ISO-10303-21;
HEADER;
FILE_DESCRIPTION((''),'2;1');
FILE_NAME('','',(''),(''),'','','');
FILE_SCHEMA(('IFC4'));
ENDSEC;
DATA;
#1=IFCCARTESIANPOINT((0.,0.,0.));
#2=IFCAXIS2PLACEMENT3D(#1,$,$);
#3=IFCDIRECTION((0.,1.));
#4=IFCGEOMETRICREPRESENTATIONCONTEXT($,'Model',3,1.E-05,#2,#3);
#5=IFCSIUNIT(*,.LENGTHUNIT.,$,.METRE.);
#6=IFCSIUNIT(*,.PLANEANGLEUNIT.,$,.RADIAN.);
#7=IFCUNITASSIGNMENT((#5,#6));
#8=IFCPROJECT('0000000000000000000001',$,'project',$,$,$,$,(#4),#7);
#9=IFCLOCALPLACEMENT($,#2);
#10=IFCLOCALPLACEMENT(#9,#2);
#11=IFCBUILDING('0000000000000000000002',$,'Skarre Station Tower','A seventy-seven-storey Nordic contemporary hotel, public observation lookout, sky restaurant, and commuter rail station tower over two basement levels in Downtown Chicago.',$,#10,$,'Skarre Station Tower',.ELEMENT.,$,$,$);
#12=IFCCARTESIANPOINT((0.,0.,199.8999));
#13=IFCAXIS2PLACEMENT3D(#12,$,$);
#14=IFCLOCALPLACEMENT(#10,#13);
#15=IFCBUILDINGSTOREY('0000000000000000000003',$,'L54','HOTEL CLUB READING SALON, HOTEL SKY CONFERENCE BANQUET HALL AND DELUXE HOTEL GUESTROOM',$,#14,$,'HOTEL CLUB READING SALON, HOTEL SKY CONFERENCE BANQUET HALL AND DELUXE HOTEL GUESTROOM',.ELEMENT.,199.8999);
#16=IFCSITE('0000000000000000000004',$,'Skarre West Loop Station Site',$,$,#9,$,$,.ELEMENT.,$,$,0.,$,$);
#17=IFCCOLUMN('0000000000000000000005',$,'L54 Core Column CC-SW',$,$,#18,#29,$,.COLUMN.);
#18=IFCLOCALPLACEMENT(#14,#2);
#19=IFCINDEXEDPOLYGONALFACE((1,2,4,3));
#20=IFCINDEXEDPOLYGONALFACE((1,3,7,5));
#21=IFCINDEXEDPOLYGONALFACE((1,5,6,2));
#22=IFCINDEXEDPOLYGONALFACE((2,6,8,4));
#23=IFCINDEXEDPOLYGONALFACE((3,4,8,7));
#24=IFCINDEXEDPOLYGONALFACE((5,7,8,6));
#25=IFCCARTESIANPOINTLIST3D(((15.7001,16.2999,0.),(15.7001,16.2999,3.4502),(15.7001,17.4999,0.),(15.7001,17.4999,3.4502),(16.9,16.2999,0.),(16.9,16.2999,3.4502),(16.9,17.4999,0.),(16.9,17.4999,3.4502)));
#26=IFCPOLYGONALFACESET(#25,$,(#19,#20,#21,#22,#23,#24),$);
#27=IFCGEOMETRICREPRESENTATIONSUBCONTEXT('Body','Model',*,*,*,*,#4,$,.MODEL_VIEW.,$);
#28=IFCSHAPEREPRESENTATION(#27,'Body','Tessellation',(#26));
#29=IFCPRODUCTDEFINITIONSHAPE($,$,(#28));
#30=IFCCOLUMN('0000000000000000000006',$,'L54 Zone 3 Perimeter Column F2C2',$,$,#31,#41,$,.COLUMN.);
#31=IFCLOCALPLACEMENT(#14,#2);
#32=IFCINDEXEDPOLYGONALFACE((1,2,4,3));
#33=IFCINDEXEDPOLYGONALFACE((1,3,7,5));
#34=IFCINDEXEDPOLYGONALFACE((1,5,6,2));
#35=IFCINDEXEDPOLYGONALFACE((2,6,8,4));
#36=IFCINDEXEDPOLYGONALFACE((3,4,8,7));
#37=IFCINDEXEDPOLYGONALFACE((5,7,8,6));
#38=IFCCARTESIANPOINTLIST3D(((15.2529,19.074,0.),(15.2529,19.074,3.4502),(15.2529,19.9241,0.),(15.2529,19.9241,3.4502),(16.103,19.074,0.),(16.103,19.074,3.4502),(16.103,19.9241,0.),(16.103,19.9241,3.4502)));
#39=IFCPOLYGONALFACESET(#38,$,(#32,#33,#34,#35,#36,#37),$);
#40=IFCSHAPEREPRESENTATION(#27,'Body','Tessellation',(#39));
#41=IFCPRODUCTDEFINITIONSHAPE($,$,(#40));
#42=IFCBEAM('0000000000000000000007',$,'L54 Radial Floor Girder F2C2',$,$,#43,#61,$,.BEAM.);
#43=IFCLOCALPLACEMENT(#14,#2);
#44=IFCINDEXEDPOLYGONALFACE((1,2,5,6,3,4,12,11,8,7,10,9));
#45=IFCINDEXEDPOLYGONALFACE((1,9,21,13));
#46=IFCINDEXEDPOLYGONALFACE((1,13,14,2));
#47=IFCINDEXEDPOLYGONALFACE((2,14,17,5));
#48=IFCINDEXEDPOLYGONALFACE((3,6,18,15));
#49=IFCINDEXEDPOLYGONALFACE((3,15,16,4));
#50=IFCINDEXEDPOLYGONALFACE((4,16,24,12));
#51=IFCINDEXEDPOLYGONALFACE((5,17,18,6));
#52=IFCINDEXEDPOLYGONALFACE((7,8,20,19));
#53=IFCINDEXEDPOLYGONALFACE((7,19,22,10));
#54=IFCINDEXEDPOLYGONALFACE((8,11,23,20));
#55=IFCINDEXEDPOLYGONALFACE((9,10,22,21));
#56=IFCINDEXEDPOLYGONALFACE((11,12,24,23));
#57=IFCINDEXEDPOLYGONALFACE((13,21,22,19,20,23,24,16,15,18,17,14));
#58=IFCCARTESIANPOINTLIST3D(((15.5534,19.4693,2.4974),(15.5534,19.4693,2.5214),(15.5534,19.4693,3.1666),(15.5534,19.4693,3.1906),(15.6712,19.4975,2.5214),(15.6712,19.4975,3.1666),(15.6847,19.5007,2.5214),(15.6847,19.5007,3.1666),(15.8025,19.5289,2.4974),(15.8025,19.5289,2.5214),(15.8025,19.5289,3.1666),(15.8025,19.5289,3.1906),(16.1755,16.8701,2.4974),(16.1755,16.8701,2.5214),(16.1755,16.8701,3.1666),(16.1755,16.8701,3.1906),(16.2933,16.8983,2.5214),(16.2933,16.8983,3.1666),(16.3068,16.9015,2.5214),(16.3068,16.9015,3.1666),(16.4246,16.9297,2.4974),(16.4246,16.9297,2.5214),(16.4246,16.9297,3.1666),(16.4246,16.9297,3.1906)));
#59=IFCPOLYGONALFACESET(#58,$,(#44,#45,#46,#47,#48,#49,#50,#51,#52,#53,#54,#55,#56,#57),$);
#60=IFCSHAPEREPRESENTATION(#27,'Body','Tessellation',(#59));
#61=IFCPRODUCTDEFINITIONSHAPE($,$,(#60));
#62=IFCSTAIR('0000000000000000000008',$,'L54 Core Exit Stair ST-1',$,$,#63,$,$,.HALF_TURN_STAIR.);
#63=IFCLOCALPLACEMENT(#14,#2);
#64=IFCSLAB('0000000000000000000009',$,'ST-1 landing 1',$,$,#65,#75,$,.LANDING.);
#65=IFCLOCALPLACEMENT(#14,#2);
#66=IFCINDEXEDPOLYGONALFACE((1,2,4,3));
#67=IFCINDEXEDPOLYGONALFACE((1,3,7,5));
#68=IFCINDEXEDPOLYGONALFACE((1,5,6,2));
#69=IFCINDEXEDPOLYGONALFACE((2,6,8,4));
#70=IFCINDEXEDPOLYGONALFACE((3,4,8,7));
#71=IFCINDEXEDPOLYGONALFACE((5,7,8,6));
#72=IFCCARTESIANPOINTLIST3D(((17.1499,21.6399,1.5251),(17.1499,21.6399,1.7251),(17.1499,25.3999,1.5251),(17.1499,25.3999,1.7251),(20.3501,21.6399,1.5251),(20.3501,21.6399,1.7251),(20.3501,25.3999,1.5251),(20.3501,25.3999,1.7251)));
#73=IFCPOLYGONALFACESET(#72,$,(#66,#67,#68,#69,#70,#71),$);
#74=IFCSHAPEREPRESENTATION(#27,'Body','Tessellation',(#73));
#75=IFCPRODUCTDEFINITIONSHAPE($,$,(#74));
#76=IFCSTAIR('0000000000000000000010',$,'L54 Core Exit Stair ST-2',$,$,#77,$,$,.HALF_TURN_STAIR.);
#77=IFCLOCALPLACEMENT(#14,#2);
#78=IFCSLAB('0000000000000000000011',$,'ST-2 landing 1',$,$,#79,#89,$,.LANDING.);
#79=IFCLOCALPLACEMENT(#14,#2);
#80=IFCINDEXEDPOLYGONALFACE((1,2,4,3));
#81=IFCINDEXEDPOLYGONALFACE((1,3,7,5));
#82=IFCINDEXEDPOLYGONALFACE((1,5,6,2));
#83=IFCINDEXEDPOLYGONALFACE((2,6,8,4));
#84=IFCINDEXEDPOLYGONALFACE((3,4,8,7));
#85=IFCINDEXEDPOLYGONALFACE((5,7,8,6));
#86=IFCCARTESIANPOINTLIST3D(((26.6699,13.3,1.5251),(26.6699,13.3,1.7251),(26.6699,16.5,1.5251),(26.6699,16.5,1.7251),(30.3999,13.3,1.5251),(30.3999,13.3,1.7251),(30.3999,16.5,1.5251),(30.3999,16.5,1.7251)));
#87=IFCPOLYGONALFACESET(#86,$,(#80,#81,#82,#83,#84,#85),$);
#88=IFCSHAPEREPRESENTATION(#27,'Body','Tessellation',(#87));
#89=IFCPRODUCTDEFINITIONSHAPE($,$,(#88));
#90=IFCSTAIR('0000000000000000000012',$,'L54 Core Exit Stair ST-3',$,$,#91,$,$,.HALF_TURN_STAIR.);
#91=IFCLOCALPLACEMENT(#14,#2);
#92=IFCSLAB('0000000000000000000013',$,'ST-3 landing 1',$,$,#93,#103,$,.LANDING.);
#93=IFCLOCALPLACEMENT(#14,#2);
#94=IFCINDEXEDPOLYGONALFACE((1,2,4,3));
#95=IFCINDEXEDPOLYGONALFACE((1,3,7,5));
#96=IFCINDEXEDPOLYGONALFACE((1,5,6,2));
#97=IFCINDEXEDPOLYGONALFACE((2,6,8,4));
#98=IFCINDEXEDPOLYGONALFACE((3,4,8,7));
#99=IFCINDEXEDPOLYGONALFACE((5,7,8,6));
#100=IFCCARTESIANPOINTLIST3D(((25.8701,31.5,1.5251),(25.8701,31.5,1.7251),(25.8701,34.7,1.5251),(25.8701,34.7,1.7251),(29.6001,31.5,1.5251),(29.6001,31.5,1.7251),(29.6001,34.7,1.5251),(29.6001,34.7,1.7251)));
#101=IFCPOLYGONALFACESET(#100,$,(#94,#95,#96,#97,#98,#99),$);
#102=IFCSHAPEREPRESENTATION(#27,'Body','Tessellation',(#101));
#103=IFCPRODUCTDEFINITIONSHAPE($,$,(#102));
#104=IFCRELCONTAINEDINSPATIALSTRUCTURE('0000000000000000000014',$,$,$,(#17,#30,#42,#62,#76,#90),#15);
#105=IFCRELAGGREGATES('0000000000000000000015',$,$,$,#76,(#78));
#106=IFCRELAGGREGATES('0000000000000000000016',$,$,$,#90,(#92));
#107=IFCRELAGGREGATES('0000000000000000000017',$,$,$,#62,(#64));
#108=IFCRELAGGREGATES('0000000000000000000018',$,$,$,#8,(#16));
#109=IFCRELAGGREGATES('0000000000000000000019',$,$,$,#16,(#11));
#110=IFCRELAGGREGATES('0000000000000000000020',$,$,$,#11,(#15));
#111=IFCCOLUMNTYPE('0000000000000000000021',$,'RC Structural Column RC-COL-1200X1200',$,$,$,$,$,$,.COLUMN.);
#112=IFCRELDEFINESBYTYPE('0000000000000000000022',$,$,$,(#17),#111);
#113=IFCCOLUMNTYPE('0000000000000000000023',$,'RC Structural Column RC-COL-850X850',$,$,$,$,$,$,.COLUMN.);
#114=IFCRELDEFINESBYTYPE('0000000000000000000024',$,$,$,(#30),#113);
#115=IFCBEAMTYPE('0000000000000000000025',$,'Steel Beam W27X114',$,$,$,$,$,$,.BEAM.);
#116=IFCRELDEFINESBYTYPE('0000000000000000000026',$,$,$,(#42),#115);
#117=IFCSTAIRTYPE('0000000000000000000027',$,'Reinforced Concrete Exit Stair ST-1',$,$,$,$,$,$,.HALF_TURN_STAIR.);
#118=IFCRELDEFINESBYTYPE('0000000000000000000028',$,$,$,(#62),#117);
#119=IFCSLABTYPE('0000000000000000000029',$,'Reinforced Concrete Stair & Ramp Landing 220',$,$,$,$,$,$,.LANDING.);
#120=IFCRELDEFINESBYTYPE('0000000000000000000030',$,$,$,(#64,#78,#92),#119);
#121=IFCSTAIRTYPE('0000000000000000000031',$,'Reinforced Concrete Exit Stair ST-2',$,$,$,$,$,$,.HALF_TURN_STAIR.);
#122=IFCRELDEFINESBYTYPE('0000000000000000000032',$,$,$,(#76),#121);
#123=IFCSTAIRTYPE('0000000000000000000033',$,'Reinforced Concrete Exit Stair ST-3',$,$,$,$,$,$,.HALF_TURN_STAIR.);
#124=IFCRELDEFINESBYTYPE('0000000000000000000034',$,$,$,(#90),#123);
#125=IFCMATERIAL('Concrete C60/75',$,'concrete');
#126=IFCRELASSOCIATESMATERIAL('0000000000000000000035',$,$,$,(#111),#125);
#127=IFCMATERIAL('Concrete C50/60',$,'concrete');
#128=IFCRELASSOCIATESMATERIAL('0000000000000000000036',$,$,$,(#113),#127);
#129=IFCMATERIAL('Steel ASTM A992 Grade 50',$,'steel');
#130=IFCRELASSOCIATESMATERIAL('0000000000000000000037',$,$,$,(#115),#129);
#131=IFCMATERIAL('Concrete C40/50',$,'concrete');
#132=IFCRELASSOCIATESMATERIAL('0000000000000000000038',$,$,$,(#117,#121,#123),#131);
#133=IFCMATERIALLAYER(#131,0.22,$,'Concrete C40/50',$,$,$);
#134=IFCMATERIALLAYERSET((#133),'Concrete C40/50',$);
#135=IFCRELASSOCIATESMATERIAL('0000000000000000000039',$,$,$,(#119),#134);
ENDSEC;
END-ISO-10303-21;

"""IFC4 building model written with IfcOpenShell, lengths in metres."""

from ifc_helpers import new_model, si_unit, direction, frame, origin, origin_2d, place, context, subcontext, project, spatial, polyline, rectangle, i_section, outline, extrude, material, layer, layer_set, material_profile, profile_set, type_object, element, aggregate, save


model = new_model("IFC4")

# Units and contexts
model_context = context("Model", 3, precision=1e-05, world=origin(), true_north=direction((0.0, 1.0)))
body_context = subcontext(model_context, "Body", "Model", "MODEL_VIEW")
ifc_project = project(units=[si_unit("LENGTHUNIT", "METRE"), si_unit("PLANEANGLEUNIT", "RADIAN")], contexts=[model_context])

# Site, building, storey
site_placement = place(None, origin())
site = spatial("IfcSite", under=ifc_project, at=site_placement, Name="Skarre West Loop Station Site", CompositionType="ELEMENT", RefElevation=0.0)
building_placement = place(site_placement, origin())
building = spatial("IfcBuilding", under=site, at=building_placement, Name="Skarre Station Tower", Description="A seventy-seven-storey Nordic contemporary hotel, public observation lookout, sky restaurant, and commuter rail station tower over two basement levels in Downtown Chicago.", LongName="Skarre Station Tower", CompositionType="ELEMENT")
storey_placement = place(building_placement, frame((0.0, 0.0, 199.8999)))
storey = spatial("IfcBuildingStorey", under=building, at=storey_placement, Name="L54", Description="HOTEL CLUB READING SALON, HOTEL SKY CONFERENCE BANQUET HALL AND DELUXE HOTEL GUESTROOM", LongName="HOTEL CLUB READING SALON, HOTEL SKY CONFERENCE BANQUET HALL AND DELUXE HOTEL GUESTROOM", CompositionType="ELEMENT", Elevation=199.8999)

# Columns
ifc_material_1 = material(Name="Concrete C60/75", Category="concrete")
ifc_material_profile_1 = material_profile(ifc_material_1, rectangle(XDim=1.2, YDim=1.2, at=origin_2d()), Name="Concrete C60/75")
ifc_profile_set_1 = profile_set([ifc_material_profile_1], Name="Concrete C60/75")
column_type_1 = type_object("IfcColumnType", Name="RC Structural Column RC-COL-1200X1200", PredefinedType="COLUMN", material=ifc_profile_set_1)
column_1_placement = place(storey_placement, frame((16.3, 16.8999, 0.0), z_axis=(0.0, 0.0, 1.0), x_axis=(1.0, 0.0, 0.0)))
element("IfcColumn", 1, at=column_1_placement, inside=storey, type_object=column_type_1, Name="L54 Core Column CC-SW", PredefinedType="COLUMN", context=body_context, shape_type="SweptSolid", body=[
    extrude(rectangle(XDim=1.2, YDim=1.2, at=origin_2d()), origin(), (0.0, 0.0, 1.0), 3.4502),
])
ifc_material_2 = material(Name="Concrete C50/60", Category="concrete")
ifc_material_profile_2 = material_profile(ifc_material_2, rectangle(XDim=0.8501, YDim=0.8501, at=origin_2d()), Name="Concrete C50/60")
ifc_profile_set_2 = profile_set([ifc_material_profile_2], Name="Concrete C50/60")
column_type_2 = type_object("IfcColumnType", Name="RC Structural Column RC-COL-850X850", PredefinedType="COLUMN", material=ifc_profile_set_2)
column_2_placement = place(storey_placement, frame((15.678, 19.499, 0.0), z_axis=(0.0, 0.0, 1.0), x_axis=(1.0, 0.0, 0.0)))
element("IfcColumn", 2, at=column_2_placement, inside=storey, type_object=column_type_2, Name="L54 Zone 3 Perimeter Column F2C2", PredefinedType="COLUMN", context=body_context, shape_type="SweptSolid", body=[
    extrude(rectangle(XDim=0.8501, YDim=0.8501, at=origin_2d()), origin(), (0.0, 0.0, 1.0), 3.4502),
])

# Beam
ifc_material_3 = material(Name="Steel ASTM A992 Grade 50", Category="steel")
ifc_material_profile_3 = material_profile(ifc_material_3, i_section(OverallWidth=0.2561, OverallDepth=0.6931, WebThickness=0.0139, FlangeThickness=0.0239, at=origin_2d()), Name="Steel ASTM A992 Grade 50")
ifc_profile_set_3 = profile_set([ifc_material_profile_3], Name="Steel ASTM A992 Grade 50")
beam_type = type_object("IfcBeamType", Name="Steel Beam W27X114", PredefinedType="BEAM", material=ifc_profile_set_3)
beam_placement = place(storey_placement, frame((16.3, 16.8999, 2.844), z_axis=(-0.232765, 0.972533, 0.0), x_axis=(-0.972533, -0.232765, 0.0)))
element("IfcBeam", 3, at=beam_placement, inside=storey, type_object=beam_type, Name="L54 Radial Floor Girder F2C2", PredefinedType="BEAM", context=body_context, shape_type="SweptSolid", body=[
    extrude(i_section(OverallWidth=0.2561, OverallDepth=0.6931, WebThickness=0.0139, FlangeThickness=0.0239, at=origin_2d()), origin(), (0.0, 0.0, 1.0), 2.6726),
])

# Stairs, slabs
ifc_material_4 = material(Name="Concrete C40/50", Category="concrete")
stair_type_1 = type_object("IfcStairType", Name="Reinforced Concrete Exit Stair ST-1", PredefinedType="HALF_TURN_STAIR", material=ifc_material_4)
stair_1_placement = place(storey_placement, origin())
stair_1 = element("IfcStair", 4, at=stair_1_placement, inside=storey, type_object=stair_type_1, Name="L54 Core Exit Stair ST-1", PredefinedType="HALF_TURN_STAIR")
ifc_layer_1 = layer(ifc_material_4, 0.22, Name="Concrete C40/50")
ifc_layer_set_1 = layer_set([ifc_layer_1], Name="Concrete C40/50")
slab_type_1 = type_object("IfcSlabType", Name="Reinforced Concrete Stair & Ramp Landing 220", PredefinedType="LANDING", material=ifc_layer_set_1)
slab_1_placement = place(storey_placement, frame((0.0, 0.0, 1.5251)))
slab_1 = element("IfcSlab", 5, at=slab_1_placement, type_object=slab_type_1, Name="ST-1 landing 1", PredefinedType="LANDING", context=body_context, shape_type="SweptSolid", body=[
    extrude(outline(polyline([(20.3501, 21.6399), (20.3501, 25.3999), (17.1499, 25.3999), (17.1499, 21.6399), (20.3501, 21.6399)])), origin(), (0.0, 0.0, 1.0), 0.2),
])
stair_type_2 = type_object("IfcStairType", Name="Reinforced Concrete Exit Stair ST-2", PredefinedType="HALF_TURN_STAIR", material=ifc_material_4)
stair_2_placement = place(storey_placement, origin())
stair_2 = element("IfcStair", 6, at=stair_2_placement, inside=storey, type_object=stair_type_2, Name="L54 Core Exit Stair ST-2", PredefinedType="HALF_TURN_STAIR")
slab_2_placement = place(storey_placement, frame((0.0, 0.0, 1.5251)))
slab_2 = element("IfcSlab", 7, at=slab_2_placement, type_object=slab_type_1, Name="ST-2 landing 1", PredefinedType="LANDING", context=body_context, shape_type="SweptSolid", body=[
    extrude(outline(polyline([(26.6699, 13.3), (30.3999, 13.3), (30.3999, 16.5), (26.6699, 16.5), (26.6699, 13.3)])), origin(), (0.0, 0.0, 1.0), 0.2),
])
aggregate(stair_2, [slab_2])
stair_type_3 = type_object("IfcStairType", Name="Reinforced Concrete Exit Stair ST-3", PredefinedType="HALF_TURN_STAIR", material=ifc_material_4)
stair_3_placement = place(storey_placement, origin())
stair_3 = element("IfcStair", 8, at=stair_3_placement, inside=storey, type_object=stair_type_3, Name="L54 Core Exit Stair ST-3", PredefinedType="HALF_TURN_STAIR")
slab_3_placement = place(storey_placement, frame((0.0, 0.0, 1.5251)))
slab_3 = element("IfcSlab", 9, at=slab_3_placement, type_object=slab_type_1, Name="ST-3 landing 1", PredefinedType="LANDING", context=body_context, shape_type="SweptSolid", body=[
    extrude(outline(polyline([(25.8701, 31.5), (29.6001, 31.5), (29.6001, 34.7), (25.8701, 34.7), (25.8701, 31.5)])), origin(), (0.0, 0.0, 1.0), 0.2),
])
aggregate(stair_3, [slab_3])

aggregate(stair_1, [slab_1])

save(model, "model.ifc")
